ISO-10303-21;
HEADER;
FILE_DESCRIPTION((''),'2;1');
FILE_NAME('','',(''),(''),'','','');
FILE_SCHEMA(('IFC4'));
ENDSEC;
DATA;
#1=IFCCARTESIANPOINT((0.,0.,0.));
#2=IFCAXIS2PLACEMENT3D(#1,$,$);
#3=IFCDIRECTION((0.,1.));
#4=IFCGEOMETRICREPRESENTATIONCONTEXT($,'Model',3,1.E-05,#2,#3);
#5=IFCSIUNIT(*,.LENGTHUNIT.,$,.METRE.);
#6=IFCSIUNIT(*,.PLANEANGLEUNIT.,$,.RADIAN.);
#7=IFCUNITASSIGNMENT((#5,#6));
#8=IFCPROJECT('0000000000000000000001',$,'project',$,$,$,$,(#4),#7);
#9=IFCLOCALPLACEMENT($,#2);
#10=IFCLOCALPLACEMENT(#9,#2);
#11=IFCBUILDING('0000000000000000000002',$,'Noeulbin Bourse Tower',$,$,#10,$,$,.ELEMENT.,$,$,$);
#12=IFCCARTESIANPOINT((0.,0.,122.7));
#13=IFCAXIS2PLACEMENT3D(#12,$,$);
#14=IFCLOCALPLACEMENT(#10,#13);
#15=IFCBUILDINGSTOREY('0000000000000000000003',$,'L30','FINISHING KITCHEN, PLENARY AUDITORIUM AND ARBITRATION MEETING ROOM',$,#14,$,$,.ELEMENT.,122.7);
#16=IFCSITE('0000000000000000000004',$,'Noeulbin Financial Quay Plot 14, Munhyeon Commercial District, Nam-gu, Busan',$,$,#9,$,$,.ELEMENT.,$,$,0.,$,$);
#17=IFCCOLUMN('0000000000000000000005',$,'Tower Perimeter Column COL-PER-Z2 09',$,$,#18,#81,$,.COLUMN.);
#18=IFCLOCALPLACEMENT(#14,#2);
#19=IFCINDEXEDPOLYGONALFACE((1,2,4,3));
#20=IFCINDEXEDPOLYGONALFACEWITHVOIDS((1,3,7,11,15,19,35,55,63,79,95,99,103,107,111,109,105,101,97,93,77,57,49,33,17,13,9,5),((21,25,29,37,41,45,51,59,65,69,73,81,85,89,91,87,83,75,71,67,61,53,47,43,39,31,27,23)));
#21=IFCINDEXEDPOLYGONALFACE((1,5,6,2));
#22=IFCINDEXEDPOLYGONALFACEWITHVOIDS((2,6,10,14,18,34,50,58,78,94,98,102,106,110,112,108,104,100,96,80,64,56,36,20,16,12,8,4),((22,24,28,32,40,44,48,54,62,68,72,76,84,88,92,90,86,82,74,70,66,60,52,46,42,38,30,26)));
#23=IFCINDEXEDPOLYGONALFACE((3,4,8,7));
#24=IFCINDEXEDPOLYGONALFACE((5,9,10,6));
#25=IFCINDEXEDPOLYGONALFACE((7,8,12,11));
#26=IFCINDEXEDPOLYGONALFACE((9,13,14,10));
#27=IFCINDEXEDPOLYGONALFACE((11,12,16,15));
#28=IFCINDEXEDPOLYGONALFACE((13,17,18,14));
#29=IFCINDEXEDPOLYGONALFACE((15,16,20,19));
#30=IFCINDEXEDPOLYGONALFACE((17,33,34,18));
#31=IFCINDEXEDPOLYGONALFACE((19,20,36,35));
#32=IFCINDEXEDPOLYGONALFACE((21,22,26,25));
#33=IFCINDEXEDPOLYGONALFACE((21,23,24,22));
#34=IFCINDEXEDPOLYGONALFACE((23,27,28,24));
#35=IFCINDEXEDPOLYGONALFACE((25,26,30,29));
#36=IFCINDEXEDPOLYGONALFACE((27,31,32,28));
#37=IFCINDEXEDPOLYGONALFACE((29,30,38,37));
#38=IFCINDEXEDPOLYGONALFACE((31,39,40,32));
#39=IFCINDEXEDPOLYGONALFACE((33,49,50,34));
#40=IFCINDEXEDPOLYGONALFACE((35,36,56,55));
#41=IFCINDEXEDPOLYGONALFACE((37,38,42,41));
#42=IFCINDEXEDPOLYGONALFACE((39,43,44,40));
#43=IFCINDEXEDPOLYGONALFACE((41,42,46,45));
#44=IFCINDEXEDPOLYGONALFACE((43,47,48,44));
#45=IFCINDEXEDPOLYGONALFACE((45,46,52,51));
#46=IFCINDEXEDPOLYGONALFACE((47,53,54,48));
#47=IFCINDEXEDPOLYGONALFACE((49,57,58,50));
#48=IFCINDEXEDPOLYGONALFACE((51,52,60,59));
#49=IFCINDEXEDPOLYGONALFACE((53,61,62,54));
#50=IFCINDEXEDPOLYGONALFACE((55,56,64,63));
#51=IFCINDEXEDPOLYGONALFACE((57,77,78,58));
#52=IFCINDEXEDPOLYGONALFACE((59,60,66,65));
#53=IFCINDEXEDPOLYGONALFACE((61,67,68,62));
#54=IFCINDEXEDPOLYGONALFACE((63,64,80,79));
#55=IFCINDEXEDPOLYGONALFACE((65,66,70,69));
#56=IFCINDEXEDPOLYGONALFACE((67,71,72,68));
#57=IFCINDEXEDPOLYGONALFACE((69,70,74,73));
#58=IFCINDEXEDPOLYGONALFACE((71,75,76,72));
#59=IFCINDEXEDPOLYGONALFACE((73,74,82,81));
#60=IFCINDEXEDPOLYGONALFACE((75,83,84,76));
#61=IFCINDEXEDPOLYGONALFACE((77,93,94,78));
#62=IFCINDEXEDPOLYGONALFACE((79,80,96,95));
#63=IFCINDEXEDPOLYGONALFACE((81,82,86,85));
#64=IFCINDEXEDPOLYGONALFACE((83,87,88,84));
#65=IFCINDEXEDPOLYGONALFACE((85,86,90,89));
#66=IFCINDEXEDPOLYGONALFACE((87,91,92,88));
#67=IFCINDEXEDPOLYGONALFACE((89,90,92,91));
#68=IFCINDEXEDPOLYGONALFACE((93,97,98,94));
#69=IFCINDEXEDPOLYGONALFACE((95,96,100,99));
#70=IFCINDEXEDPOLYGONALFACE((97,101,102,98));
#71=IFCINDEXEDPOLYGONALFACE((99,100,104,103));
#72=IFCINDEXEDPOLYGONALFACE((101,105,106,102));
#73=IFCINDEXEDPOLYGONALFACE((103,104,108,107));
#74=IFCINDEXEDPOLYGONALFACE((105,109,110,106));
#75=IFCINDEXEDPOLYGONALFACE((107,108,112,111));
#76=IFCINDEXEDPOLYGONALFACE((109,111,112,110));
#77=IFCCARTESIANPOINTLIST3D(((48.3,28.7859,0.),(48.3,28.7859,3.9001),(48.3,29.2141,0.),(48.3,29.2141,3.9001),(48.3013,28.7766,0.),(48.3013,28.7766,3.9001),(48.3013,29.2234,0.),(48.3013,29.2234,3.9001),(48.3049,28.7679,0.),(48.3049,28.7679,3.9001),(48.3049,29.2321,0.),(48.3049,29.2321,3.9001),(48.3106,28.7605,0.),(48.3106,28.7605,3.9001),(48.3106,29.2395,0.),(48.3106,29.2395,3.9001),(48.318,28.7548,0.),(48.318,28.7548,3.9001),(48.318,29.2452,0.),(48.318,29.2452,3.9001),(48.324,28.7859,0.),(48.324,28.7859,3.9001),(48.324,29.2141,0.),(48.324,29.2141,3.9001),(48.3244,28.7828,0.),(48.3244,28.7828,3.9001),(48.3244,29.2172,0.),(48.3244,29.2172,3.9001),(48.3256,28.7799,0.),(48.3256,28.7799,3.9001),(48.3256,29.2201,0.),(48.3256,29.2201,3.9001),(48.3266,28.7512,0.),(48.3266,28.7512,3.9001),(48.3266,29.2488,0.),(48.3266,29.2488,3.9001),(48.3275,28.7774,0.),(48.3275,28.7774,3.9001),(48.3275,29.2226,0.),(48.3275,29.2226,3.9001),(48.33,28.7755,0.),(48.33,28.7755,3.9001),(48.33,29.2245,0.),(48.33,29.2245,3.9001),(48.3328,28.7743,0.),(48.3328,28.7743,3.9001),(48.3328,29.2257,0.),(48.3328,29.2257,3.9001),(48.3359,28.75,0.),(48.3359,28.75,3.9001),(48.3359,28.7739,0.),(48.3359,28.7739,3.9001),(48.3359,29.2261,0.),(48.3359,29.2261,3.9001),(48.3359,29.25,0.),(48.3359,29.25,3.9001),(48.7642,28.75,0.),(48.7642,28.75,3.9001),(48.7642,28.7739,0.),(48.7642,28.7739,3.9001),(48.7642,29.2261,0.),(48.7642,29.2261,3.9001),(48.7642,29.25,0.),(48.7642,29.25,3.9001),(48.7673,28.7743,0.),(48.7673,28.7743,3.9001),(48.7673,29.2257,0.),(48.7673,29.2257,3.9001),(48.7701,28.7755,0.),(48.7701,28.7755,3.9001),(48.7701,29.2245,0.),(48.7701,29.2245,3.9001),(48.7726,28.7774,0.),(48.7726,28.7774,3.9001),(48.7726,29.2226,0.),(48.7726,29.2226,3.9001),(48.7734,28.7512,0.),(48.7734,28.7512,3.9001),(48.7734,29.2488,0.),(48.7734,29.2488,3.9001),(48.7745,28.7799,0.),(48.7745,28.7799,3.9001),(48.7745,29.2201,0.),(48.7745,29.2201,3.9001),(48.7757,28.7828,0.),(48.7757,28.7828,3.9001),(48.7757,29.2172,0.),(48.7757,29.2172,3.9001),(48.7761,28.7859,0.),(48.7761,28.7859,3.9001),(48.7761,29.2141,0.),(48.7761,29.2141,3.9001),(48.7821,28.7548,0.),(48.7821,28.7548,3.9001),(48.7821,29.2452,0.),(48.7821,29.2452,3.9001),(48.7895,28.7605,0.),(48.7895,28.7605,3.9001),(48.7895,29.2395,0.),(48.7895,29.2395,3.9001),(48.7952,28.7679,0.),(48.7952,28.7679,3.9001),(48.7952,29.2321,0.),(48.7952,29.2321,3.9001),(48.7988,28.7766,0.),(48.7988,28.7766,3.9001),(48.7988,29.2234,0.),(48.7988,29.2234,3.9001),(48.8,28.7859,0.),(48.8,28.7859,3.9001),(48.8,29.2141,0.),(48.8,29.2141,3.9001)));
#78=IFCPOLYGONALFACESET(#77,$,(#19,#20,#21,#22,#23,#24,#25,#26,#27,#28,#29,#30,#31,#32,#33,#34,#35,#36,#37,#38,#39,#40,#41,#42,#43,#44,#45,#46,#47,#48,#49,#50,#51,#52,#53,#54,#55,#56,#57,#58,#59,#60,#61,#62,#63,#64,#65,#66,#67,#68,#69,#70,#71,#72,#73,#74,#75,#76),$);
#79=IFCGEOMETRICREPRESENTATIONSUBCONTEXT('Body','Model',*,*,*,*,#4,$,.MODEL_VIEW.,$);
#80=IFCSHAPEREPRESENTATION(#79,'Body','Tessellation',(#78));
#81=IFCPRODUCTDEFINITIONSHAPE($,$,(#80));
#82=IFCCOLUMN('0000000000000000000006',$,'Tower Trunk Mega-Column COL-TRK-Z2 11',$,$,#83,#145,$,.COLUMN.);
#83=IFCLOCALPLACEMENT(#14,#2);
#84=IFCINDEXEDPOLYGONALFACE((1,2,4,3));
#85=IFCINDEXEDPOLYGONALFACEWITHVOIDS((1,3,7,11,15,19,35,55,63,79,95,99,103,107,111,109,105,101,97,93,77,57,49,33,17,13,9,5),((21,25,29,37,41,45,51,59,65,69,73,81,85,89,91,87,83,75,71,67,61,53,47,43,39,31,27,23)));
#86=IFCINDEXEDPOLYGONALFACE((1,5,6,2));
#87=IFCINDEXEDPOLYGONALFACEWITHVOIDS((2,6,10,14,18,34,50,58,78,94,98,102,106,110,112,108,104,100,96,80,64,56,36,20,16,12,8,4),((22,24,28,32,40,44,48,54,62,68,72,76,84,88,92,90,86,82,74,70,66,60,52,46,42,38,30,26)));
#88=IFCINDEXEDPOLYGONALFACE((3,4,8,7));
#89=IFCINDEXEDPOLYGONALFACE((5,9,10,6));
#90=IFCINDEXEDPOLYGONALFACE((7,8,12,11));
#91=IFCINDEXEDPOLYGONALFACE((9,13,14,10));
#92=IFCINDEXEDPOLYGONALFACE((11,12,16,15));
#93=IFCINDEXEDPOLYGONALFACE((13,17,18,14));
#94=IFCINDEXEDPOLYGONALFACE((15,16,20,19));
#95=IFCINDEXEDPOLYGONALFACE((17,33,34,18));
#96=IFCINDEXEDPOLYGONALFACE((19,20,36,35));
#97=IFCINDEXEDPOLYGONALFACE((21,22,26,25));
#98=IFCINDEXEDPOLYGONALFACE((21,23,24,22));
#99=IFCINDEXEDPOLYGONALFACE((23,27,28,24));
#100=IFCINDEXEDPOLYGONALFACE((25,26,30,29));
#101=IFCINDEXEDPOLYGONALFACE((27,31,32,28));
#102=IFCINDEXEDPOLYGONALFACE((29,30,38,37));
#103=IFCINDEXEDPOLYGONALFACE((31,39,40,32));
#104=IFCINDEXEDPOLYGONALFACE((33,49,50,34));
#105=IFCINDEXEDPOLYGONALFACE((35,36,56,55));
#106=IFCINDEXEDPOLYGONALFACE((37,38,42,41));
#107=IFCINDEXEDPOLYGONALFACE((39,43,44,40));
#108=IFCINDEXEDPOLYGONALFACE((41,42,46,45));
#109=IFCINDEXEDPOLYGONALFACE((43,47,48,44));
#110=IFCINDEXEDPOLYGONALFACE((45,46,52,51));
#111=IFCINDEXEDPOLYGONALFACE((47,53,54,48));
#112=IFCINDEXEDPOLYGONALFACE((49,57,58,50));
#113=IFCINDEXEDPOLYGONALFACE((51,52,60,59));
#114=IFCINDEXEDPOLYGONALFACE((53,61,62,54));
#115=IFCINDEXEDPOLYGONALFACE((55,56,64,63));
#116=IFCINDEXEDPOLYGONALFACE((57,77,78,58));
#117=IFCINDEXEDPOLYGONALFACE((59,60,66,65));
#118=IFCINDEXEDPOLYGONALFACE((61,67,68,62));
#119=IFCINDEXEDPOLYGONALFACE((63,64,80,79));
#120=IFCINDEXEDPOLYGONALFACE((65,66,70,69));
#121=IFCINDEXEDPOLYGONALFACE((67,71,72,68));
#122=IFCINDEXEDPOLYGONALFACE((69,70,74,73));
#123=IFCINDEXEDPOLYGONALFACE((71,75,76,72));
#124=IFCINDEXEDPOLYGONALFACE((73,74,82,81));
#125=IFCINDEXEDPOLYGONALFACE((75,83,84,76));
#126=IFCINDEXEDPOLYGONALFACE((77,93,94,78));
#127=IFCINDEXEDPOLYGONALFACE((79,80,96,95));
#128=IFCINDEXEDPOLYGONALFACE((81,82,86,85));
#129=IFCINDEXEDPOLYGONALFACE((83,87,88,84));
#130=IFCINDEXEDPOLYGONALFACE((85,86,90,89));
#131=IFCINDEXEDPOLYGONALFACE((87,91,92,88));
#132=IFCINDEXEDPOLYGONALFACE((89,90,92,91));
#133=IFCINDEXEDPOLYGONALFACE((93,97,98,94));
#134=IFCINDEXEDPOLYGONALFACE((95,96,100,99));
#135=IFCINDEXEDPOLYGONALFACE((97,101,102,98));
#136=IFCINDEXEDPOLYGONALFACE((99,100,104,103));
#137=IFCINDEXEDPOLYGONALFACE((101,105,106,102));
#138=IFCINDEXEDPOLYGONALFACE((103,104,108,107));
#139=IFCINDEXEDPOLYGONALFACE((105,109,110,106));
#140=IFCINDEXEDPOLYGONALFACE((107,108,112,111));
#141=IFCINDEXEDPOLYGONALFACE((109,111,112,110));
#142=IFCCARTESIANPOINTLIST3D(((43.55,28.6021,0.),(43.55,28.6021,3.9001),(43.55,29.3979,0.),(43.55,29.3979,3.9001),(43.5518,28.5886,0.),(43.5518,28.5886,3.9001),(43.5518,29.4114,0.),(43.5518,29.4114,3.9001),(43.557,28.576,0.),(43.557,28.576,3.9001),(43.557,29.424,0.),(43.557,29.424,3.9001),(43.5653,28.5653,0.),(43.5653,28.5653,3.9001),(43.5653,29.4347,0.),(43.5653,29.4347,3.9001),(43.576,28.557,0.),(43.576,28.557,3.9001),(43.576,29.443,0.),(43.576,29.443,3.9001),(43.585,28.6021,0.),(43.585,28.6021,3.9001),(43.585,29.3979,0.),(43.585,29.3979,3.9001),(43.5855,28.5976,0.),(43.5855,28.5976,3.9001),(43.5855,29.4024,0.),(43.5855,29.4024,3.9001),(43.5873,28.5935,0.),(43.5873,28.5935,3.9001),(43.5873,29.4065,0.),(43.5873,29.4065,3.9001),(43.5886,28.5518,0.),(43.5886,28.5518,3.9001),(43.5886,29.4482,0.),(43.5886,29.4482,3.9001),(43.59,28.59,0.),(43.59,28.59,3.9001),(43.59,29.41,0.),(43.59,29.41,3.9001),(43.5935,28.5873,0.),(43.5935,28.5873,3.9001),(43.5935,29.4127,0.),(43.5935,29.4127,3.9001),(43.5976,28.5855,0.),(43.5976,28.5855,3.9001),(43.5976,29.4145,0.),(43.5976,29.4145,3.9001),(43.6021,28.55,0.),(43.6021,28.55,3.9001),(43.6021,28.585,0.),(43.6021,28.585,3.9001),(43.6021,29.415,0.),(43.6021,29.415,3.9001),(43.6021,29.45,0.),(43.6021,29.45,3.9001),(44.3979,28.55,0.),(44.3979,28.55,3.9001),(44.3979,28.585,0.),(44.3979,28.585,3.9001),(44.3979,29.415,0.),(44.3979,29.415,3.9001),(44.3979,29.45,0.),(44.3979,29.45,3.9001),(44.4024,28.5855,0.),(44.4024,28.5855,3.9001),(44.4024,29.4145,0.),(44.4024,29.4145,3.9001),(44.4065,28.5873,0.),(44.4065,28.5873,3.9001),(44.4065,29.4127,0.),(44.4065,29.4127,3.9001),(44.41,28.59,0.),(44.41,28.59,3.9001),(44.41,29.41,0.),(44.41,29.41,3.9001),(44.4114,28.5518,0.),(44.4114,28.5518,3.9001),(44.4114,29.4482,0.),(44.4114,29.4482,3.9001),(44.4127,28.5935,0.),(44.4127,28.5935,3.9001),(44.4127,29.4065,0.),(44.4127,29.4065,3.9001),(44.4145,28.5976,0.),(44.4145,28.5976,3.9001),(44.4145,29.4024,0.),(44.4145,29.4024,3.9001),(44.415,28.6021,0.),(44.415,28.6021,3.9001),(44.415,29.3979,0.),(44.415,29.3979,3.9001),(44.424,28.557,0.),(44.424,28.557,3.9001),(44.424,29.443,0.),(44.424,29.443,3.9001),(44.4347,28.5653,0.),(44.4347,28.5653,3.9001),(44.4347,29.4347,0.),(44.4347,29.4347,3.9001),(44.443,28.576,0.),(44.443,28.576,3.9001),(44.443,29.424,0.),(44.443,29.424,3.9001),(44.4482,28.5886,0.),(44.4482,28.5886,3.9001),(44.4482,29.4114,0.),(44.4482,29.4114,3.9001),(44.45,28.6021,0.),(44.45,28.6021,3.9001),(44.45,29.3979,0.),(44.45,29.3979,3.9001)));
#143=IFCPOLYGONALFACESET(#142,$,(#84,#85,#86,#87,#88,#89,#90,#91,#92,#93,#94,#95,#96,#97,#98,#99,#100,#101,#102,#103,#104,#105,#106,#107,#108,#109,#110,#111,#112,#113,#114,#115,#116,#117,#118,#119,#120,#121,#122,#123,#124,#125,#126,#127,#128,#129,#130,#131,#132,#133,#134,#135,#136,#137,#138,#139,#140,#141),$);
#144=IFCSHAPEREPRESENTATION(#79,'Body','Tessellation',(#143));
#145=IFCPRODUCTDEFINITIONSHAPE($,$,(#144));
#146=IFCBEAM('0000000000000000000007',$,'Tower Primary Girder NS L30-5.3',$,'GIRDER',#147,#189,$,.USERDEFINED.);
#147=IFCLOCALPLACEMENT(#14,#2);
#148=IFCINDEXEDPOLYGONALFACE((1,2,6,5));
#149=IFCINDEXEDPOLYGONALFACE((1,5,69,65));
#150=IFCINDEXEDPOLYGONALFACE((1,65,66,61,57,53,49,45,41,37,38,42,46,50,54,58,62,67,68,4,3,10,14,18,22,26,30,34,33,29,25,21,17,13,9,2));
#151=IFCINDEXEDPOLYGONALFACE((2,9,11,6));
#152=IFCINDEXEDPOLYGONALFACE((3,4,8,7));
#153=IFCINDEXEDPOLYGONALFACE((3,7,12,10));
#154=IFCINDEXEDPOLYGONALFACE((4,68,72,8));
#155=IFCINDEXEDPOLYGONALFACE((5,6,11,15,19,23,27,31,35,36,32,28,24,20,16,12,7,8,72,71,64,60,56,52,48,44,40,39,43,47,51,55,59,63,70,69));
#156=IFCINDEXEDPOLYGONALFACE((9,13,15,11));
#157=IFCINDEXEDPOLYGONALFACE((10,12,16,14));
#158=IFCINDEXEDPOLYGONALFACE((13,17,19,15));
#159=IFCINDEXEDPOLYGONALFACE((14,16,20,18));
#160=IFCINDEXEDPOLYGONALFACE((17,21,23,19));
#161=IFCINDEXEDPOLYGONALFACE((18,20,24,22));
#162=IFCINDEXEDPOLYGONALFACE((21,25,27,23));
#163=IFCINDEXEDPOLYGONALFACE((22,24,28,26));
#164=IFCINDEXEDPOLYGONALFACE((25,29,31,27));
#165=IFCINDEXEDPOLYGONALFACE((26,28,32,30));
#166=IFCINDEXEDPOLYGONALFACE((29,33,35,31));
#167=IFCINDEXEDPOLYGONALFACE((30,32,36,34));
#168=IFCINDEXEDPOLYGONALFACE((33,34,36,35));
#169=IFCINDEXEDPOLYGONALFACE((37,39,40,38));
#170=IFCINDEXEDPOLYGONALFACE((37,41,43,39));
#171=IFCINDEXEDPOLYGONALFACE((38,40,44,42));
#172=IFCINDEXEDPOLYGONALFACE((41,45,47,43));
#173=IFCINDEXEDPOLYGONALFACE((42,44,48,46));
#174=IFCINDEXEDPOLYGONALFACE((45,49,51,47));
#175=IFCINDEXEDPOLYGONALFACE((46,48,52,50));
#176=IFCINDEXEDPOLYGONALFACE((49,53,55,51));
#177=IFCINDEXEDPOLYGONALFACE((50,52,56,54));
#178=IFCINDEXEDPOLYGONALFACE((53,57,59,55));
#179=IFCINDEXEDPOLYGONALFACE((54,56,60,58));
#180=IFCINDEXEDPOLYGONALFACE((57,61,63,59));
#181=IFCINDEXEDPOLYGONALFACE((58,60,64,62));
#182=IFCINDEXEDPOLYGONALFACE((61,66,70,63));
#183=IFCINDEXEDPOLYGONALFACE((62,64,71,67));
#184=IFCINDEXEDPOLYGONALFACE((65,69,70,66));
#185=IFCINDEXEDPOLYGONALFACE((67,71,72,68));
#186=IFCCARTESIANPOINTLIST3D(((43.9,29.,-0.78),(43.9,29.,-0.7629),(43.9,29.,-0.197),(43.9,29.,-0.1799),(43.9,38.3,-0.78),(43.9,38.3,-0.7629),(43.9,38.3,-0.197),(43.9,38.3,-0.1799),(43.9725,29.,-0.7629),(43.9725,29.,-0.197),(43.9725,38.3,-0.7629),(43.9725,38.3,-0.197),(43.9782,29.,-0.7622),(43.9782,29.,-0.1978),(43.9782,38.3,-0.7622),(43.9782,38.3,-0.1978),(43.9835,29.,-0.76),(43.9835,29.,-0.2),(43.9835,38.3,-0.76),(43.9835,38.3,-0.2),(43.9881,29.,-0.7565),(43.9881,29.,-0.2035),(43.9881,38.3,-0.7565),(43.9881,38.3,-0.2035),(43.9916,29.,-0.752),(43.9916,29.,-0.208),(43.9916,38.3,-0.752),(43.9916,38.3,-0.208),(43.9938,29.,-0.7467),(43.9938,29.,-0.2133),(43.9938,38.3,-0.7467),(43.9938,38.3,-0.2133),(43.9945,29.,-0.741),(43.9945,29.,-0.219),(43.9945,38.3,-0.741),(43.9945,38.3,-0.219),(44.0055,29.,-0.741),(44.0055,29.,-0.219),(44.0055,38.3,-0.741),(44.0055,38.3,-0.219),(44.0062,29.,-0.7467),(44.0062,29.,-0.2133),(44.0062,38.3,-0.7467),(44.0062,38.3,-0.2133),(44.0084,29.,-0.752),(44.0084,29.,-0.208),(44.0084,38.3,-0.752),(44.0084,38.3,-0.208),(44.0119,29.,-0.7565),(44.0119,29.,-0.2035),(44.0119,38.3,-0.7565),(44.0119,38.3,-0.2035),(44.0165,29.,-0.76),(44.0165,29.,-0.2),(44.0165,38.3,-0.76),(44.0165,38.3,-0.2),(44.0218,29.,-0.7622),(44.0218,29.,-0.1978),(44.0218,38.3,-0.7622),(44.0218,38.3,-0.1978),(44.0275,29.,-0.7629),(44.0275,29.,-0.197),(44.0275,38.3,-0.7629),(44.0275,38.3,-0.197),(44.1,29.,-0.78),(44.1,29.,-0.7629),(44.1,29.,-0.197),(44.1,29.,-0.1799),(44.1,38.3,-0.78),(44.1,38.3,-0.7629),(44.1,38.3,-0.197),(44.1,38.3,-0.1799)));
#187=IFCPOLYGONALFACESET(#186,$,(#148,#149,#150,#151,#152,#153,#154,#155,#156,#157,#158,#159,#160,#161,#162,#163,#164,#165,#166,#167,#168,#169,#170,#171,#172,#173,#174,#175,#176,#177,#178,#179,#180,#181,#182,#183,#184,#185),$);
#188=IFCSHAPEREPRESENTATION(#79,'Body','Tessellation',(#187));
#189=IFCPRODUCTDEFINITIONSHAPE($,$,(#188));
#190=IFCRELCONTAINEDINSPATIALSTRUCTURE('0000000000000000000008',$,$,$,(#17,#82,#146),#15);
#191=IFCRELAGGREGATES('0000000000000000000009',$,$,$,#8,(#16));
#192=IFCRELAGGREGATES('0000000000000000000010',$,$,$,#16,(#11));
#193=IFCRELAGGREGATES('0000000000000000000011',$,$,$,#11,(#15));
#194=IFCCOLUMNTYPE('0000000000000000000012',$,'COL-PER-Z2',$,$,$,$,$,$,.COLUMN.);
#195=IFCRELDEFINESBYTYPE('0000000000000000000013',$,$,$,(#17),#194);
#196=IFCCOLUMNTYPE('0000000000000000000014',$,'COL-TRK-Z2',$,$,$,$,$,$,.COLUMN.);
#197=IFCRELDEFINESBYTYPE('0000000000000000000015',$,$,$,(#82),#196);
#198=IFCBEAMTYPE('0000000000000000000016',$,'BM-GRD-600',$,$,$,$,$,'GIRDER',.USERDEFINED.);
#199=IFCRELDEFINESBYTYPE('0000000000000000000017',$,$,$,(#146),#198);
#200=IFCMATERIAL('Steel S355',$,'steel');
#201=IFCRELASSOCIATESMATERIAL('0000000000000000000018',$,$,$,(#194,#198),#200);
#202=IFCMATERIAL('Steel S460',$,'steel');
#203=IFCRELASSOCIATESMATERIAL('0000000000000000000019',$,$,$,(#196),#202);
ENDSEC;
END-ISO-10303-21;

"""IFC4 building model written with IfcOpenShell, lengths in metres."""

from ifc_helpers import new_model, si_unit, direction, frame, origin, origin_2d, place, context, subcontext, project, spatial, hollow_rectangle, i_section, extrude, material, material_profile, profile_set, type_object, element, save


model = new_model("IFC4")

# Units and contexts
model_context = context("Model", 3, precision=1e-05, world=origin(), true_north=direction((0.0, 1.0)))
body_context = subcontext(model_context, "Body", "Model", "MODEL_VIEW")
ifc_project = project(units=[si_unit("LENGTHUNIT", "METRE"), si_unit("PLANEANGLEUNIT", "RADIAN")], contexts=[model_context])

# Site, building, storey
site_placement = place(None, origin())
site = spatial("IfcSite", under=ifc_project, at=site_placement, Name="Noeulbin Financial Quay Plot 14, Munhyeon Commercial District, Nam-gu, Busan", CompositionType="ELEMENT", RefElevation=0.0)
building_placement = place(site_placement, origin())
building = spatial("IfcBuilding", under=site, at=building_placement, Name="Noeulbin Bourse Tower", CompositionType="ELEMENT")
storey_placement = place(building_placement, frame((0.0, 0.0, 122.7)))
storey = spatial("IfcBuildingStorey", under=building, at=storey_placement, Name="L30", Description="FINISHING KITCHEN, PLENARY AUDITORIUM AND ARBITRATION MEETING ROOM", CompositionType="ELEMENT", Elevation=122.7)

# Columns
ifc_material_1 = material(Name="Steel S355", Category="steel")
ifc_material_profile_1 = material_profile(ifc_material_1, hollow_rectangle(XDim=0.5, YDim=0.5, WallThickness=0.0239, InnerFilletRadius=0.012, OuterFilletRadius=0.0359, at=origin_2d()), Name="BOX-500x500x24", Category="LoadBearing")
ifc_profile_set_1 = profile_set([ifc_material_profile_1], Name="Steel S355")
column_type_1 = type_object("IfcColumnType", Name="COL-PER-Z2", PredefinedType="COLUMN", material=ifc_profile_set_1)
column_1_placement = place(storey_placement, frame((48.55, 29.0, 0.0), z_axis=(0.0, 0.0, 1.0), x_axis=(1.0, 0.0, 0.0)))
element("IfcColumn", 1, at=column_1_placement, inside=storey, type_object=column_type_1, Name="Tower Perimeter Column COL-PER-Z2 09", PredefinedType="COLUMN", context=body_context, shape_type="SweptSolid", body=[
    extrude(hollow_rectangle(XDim=0.5, YDim=0.5, WallThickness=0.0239, InnerFilletRadius=0.012, OuterFilletRadius=0.0359, at=origin_2d()), origin(), (0.0, 0.0, 1.0), 3.9001),
])
ifc_material_2 = material(Name="Steel S460", Category="steel")
ifc_material_profile_2 = material_profile(ifc_material_2, hollow_rectangle(XDim=0.8999, YDim=0.8999, WallThickness=0.0349, InnerFilletRadius=0.0171, OuterFilletRadius=0.052, at=origin_2d()), Name="BOX-900x900x35", Category="LoadBearing")
ifc_profile_set_2 = profile_set([ifc_material_profile_2], Name="Steel S460")
column_type_2 = type_object("IfcColumnType", Name="COL-TRK-Z2", PredefinedType="COLUMN", material=ifc_profile_set_2)
column_2_placement = place(storey_placement, frame((44.0, 29.0, 0.0), z_axis=(0.0, 0.0, 1.0), x_axis=(1.0, 0.0, 0.0)))
element("IfcColumn", 2, at=column_2_placement, inside=storey, type_object=column_type_2, Name="Tower Trunk Mega-Column COL-TRK-Z2 11", PredefinedType="COLUMN", context=body_context, shape_type="SweptSolid", body=[
    extrude(hollow_rectangle(XDim=0.8999, YDim=0.8999, WallThickness=0.0349, InnerFilletRadius=0.0171, OuterFilletRadius=0.052, at=origin_2d()), origin(), (0.0, 0.0, 1.0), 3.9001),
])

# Beam
ifc_material_profile_3 = material_profile(ifc_material_1, i_section(OverallWidth=0.2, OverallDepth=0.6001, WebThickness=0.011, FlangeThickness=0.0171, FilletRadius=0.022, at=origin_2d()), Name="H-600x200x11x17", Category="LoadBearing")
ifc_profile_set_3 = profile_set([ifc_material_profile_3], Name="Steel S355")
beam_type_1 = type_object("IfcBeamType", Name="BM-GRD-600", ElementType="GIRDER", PredefinedType="USERDEFINED", material=ifc_profile_set_3)
beam_1_placement = place(storey_placement, frame((44.0, 29.0, -0.48), z_axis=(0.0, 1.0, 0.0), x_axis=(-1.0, 0.0, 0.0)))
element("IfcBeam", 3, at=beam_1_placement, inside=storey, type_object=beam_type_1, Name="Tower Primary Girder NS L30-5.3", ObjectType="GIRDER", PredefinedType="USERDEFINED", context=body_context, shape_type="SweptSolid", body=[
    extrude(i_section(OverallWidth=0.2, OverallDepth=0.6001, WebThickness=0.011, FlangeThickness=0.0171, FilletRadius=0.022, at=origin_2d()), origin(), (0.0, 0.0, 1.0), 9.3),
])

save(model, "model.ifc")
